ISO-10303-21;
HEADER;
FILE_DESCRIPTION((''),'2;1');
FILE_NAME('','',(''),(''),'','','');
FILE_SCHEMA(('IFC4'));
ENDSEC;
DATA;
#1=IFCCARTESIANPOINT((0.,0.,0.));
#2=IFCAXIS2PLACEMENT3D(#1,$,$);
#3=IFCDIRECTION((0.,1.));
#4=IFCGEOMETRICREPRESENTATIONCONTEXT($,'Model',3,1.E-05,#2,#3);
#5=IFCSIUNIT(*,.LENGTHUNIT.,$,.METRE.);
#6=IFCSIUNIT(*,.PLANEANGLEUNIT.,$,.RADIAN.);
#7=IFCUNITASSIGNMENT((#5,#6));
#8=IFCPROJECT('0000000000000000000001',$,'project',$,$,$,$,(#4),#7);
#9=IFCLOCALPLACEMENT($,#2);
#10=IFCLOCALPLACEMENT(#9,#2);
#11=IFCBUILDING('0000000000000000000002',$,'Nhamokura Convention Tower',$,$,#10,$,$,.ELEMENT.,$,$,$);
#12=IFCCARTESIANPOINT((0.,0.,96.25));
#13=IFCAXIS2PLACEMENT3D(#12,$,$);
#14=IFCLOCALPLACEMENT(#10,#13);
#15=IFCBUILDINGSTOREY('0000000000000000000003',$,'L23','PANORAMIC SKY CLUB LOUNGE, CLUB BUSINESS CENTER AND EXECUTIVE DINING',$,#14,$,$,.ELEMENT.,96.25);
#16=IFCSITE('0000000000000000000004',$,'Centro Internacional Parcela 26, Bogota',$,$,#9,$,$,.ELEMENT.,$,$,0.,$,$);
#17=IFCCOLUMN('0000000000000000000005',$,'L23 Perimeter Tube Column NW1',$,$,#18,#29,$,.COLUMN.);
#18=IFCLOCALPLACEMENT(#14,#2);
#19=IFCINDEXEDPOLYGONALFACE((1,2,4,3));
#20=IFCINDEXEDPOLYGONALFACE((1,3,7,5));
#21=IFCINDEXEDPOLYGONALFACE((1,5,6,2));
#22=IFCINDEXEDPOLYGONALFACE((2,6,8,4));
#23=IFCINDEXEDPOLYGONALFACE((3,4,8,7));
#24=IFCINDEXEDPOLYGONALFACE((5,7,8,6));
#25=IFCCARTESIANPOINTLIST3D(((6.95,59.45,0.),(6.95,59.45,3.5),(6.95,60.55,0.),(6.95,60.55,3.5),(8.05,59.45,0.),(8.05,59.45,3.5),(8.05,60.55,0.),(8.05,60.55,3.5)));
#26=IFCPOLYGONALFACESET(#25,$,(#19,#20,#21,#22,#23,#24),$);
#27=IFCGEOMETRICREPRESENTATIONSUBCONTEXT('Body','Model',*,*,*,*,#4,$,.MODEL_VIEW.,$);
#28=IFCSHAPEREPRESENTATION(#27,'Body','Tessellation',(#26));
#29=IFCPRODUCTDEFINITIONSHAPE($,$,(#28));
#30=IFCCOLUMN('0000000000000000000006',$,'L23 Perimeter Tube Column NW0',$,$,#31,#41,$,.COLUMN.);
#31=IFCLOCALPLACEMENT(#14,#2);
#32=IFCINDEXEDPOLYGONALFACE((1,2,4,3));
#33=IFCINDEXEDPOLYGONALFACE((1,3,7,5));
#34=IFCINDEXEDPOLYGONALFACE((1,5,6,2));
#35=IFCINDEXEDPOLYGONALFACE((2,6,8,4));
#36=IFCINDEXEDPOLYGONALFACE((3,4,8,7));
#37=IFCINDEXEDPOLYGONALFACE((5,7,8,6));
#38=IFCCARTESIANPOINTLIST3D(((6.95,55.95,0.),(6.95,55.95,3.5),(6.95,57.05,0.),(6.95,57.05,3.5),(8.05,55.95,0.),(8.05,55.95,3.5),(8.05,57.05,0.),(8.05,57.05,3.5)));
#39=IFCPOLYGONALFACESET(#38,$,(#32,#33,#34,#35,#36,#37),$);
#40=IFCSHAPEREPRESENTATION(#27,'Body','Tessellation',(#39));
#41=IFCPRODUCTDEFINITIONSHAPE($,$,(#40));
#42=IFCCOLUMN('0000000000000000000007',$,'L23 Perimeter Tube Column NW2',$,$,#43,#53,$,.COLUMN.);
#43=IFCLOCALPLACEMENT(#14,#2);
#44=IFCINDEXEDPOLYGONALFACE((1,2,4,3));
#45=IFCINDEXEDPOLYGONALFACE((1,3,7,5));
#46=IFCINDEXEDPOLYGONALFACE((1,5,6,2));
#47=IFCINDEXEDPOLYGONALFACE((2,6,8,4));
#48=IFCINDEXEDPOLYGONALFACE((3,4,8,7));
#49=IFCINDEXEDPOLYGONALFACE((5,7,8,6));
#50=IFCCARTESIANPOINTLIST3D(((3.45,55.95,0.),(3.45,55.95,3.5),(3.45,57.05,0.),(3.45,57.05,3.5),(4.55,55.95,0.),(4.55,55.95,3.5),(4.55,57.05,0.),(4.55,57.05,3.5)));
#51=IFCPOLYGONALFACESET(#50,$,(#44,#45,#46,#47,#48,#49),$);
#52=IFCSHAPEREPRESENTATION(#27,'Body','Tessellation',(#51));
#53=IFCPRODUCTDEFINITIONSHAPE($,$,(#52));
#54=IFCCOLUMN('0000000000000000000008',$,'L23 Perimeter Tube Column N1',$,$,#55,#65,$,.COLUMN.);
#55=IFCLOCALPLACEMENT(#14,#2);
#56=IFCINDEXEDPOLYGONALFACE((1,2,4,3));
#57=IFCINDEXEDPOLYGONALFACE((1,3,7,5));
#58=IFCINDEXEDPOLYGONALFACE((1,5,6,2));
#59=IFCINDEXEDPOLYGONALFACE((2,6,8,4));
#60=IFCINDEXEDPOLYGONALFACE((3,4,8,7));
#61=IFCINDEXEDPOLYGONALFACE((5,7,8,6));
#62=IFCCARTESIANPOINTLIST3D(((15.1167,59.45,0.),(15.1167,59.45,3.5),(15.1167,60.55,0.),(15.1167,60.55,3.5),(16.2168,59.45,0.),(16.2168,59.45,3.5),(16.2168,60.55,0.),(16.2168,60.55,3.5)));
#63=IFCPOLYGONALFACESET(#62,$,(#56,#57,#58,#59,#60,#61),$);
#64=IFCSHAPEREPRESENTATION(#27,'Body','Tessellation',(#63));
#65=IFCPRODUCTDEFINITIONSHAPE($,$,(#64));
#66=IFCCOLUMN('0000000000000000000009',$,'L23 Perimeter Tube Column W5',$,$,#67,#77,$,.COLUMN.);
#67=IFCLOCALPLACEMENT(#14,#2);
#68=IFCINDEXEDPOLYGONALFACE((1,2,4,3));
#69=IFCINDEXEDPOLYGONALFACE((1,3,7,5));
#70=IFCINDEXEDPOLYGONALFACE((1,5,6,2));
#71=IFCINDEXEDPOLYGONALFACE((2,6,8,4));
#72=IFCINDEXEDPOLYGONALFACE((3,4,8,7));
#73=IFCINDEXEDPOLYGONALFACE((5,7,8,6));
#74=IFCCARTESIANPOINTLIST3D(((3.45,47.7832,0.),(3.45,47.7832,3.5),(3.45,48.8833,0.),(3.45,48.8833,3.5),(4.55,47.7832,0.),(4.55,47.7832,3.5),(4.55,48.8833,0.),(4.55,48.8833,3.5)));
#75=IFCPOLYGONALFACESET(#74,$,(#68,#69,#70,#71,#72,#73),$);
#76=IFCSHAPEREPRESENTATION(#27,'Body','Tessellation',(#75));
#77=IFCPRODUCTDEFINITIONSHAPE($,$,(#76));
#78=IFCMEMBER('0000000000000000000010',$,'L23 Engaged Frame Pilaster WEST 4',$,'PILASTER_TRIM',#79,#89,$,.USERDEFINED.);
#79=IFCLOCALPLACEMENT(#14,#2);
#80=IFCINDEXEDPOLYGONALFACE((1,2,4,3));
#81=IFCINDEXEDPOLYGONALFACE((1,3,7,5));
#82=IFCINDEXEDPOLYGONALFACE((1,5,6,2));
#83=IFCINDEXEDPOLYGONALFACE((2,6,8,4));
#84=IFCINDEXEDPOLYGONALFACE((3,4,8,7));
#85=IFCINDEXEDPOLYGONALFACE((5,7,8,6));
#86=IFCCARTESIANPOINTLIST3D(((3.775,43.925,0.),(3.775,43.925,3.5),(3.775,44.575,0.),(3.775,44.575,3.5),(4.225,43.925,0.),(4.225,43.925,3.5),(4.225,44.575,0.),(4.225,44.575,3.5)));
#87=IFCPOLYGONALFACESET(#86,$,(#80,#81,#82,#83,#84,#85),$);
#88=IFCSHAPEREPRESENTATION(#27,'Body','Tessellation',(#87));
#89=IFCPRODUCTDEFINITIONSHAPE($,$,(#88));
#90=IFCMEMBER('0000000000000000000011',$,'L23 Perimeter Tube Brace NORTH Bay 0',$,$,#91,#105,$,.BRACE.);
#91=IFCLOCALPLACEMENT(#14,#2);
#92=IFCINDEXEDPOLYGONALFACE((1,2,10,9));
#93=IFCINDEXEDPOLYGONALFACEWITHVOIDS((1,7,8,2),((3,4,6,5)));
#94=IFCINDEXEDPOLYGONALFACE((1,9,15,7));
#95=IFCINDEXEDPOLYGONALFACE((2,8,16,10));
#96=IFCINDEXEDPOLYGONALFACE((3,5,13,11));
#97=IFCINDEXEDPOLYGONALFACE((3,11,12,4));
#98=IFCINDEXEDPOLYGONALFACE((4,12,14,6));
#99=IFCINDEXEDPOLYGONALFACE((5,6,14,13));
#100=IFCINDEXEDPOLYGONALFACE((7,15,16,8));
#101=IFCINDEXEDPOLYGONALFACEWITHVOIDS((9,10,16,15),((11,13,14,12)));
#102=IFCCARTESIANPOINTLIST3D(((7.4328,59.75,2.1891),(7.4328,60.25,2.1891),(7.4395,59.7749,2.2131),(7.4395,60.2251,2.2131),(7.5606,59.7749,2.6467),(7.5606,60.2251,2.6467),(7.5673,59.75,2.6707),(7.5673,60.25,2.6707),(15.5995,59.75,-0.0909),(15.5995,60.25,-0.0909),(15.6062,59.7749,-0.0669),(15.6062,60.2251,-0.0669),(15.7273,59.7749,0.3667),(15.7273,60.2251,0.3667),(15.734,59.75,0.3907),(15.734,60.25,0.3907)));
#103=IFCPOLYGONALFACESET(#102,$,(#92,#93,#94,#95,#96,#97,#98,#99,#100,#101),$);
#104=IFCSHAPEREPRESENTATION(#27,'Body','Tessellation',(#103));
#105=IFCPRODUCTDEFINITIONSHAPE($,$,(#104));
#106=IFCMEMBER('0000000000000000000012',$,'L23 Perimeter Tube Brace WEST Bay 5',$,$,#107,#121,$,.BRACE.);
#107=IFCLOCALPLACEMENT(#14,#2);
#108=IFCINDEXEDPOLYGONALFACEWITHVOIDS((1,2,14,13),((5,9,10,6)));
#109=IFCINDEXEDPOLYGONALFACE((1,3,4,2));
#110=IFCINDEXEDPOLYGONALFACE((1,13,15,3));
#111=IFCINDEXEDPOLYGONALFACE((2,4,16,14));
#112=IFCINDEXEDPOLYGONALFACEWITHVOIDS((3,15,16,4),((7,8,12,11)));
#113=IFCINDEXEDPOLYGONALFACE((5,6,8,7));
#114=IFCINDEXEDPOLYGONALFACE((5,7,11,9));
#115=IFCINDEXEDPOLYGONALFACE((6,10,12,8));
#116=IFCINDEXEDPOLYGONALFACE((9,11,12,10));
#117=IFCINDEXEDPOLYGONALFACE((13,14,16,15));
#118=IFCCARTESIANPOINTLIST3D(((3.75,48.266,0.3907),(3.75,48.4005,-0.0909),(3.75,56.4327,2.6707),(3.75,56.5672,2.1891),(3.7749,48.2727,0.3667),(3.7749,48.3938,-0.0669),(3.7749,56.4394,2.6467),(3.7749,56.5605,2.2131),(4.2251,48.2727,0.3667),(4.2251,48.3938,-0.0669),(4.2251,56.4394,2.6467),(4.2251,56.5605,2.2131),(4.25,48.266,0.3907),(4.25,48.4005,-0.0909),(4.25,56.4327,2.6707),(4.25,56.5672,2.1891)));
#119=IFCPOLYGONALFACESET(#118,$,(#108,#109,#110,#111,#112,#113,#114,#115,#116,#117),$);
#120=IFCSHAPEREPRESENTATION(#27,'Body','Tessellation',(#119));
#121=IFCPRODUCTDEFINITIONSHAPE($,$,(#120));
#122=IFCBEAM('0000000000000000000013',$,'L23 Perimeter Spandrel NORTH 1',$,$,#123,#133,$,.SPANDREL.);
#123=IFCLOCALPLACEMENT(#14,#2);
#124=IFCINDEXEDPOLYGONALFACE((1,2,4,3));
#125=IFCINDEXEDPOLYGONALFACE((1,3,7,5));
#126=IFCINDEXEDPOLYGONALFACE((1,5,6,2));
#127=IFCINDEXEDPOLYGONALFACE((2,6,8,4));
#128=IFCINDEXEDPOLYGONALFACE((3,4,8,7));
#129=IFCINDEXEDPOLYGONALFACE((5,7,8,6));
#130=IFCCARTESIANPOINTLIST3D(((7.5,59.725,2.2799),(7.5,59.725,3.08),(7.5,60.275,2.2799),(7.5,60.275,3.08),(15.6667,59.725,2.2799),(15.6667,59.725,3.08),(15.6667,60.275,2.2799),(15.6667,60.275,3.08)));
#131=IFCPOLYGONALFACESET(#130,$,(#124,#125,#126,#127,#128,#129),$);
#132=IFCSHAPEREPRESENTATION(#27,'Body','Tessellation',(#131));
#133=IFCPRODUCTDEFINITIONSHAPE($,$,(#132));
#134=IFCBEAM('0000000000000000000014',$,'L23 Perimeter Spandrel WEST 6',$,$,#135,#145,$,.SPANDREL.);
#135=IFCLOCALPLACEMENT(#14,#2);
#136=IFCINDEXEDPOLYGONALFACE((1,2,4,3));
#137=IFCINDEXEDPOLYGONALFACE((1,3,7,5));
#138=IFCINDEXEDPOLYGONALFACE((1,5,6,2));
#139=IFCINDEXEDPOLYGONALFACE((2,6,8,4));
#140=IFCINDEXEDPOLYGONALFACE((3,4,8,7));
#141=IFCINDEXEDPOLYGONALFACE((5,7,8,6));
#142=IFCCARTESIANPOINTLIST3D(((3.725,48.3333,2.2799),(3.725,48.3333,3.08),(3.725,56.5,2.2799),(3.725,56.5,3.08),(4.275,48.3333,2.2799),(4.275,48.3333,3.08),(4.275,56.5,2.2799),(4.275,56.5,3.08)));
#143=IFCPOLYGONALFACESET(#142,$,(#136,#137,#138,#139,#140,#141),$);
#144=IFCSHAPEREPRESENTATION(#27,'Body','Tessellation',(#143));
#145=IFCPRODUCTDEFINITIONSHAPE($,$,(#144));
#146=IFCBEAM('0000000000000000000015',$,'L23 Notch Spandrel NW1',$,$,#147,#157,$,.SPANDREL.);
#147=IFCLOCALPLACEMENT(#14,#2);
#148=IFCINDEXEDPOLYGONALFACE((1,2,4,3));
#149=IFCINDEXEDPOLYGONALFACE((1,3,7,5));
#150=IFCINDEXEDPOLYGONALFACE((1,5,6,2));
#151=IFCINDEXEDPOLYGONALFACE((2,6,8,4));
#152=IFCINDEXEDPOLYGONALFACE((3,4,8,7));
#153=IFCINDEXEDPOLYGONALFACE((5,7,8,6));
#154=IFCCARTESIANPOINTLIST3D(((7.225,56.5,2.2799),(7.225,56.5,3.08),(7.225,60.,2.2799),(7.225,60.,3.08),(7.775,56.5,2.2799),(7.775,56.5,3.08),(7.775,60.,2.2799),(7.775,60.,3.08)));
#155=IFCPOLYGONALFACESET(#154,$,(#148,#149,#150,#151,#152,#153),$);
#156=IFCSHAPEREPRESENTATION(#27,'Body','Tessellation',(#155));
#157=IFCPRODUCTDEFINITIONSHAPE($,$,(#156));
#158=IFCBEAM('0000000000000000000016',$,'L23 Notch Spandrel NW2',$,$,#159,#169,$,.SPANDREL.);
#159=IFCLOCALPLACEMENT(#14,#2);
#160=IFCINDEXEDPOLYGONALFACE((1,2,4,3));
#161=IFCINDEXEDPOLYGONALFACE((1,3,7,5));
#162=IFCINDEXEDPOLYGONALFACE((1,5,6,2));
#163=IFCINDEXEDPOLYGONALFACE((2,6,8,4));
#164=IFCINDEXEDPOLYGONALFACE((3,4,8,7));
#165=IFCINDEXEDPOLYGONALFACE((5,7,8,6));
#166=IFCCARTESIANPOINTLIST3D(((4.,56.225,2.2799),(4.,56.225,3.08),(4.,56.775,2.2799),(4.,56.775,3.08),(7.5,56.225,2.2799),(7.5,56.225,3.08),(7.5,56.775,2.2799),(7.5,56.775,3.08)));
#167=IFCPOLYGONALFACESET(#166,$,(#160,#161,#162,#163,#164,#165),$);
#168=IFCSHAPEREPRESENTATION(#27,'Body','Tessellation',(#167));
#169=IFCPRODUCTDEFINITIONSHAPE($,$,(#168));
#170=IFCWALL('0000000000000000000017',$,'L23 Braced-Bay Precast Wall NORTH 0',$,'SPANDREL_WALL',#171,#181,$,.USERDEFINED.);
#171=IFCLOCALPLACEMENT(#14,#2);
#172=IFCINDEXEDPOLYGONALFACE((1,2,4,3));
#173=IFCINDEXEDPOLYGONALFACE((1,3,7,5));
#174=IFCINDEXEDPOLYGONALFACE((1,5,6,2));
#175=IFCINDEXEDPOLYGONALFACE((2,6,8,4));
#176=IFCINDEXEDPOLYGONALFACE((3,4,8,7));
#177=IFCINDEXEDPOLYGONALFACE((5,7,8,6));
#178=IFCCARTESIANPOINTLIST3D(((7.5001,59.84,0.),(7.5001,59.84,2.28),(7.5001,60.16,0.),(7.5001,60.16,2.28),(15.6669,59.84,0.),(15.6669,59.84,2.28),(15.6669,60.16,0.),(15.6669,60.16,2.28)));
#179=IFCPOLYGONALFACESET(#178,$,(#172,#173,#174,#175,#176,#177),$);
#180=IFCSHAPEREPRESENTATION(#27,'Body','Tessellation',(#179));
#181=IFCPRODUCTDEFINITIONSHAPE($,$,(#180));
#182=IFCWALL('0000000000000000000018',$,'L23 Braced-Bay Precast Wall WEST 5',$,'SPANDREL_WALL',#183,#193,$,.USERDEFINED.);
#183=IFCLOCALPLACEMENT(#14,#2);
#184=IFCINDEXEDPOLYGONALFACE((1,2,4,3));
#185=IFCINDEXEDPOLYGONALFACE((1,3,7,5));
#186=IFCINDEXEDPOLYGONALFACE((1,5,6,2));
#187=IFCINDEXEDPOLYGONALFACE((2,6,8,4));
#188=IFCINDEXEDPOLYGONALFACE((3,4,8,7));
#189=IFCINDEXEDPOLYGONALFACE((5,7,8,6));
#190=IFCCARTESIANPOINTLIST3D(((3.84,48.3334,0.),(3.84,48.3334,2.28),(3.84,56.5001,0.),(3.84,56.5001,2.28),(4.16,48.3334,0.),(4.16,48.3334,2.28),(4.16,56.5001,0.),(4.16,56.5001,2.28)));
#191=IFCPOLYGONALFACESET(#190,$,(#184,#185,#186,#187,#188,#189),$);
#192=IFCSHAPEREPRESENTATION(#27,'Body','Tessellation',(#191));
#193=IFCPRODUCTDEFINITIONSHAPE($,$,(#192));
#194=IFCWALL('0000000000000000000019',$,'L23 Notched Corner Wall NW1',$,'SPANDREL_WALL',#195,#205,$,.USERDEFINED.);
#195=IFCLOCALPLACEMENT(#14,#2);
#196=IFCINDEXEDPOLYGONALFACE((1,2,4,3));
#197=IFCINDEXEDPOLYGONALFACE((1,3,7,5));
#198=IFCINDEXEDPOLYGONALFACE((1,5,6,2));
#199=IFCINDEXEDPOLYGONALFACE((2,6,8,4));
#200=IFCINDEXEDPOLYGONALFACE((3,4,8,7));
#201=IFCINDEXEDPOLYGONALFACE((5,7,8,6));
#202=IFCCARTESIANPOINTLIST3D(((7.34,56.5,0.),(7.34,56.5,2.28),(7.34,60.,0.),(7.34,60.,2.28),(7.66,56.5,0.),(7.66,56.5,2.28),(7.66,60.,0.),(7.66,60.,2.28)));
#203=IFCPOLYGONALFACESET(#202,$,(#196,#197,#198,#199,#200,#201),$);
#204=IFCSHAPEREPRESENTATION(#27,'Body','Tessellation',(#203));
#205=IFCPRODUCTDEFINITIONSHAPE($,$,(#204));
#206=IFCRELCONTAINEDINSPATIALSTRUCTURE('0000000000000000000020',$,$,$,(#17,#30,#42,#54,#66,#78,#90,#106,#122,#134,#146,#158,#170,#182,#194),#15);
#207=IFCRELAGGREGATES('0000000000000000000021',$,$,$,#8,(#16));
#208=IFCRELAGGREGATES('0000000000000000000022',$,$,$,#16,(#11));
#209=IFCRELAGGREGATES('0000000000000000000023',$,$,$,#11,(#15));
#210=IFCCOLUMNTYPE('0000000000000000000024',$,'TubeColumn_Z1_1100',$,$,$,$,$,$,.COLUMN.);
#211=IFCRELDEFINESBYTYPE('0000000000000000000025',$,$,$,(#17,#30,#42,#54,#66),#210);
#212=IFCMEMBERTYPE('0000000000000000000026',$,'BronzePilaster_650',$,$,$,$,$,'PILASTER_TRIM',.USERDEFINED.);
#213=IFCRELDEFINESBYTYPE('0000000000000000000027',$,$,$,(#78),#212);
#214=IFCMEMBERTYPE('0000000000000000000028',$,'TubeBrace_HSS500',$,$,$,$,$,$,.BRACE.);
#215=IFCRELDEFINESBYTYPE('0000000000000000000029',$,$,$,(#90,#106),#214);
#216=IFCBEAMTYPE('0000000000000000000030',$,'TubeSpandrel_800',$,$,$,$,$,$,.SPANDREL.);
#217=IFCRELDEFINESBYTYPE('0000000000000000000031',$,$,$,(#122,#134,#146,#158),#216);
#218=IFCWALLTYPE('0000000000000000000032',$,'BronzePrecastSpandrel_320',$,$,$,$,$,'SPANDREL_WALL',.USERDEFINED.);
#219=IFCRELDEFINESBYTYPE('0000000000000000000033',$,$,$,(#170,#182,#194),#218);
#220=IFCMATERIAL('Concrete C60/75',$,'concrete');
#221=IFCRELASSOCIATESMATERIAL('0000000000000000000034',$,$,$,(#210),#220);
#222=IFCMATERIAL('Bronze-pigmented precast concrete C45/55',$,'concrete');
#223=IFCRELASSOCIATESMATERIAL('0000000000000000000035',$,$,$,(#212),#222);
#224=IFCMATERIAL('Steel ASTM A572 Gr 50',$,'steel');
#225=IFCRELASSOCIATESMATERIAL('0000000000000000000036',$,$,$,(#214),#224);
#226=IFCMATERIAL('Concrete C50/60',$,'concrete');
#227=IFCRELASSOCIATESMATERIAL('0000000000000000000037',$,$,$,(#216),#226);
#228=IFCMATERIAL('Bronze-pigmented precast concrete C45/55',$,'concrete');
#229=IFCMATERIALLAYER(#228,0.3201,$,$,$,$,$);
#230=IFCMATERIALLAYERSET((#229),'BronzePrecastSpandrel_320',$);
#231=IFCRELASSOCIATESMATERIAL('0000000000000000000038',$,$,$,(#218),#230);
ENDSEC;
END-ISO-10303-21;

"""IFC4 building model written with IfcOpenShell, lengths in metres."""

from ifc_helpers import new_model, si_unit, direction, frame, frame_2d, origin, origin_2d, place, context, subcontext, project, spatial, rectangle, hollow_rectangle, extrude, material, layer, layer_set, material_profile, profile_set, type_object, element, save


model = new_model("IFC4")

# Units and contexts
model_context = context("Model", 3, precision=1e-05, world=origin(), true_north=direction((0.0, 1.0)))
body_context = subcontext(model_context, "Body", "Model", "MODEL_VIEW")
ifc_project = project(units=[si_unit("LENGTHUNIT", "METRE"), si_unit("PLANEANGLEUNIT", "RADIAN")], contexts=[model_context])

# Site, building, storey
site_placement = place(None, origin())
site = spatial("IfcSite", under=ifc_project, at=site_placement, Name="Centro Internacional Parcela 26, Bogota", CompositionType="ELEMENT", RefElevation=0.0)
building_placement = place(site_placement, origin())
building = spatial("IfcBuilding", under=site, at=building_placement, Name="Nhamokura Convention Tower", CompositionType="ELEMENT")
storey_placement = place(building_placement, frame((0.0, 0.0, 96.25)))
storey = spatial("IfcBuildingStorey", under=building, at=storey_placement, Name="L23", Description="PANORAMIC SKY CLUB LOUNGE, CLUB BUSINESS CENTER AND EXECUTIVE DINING", CompositionType="ELEMENT", Elevation=96.25)

# Columns
ifc_material_1 = material(Name="Concrete C60/75", Category="concrete")
ifc_material_profile_1 = material_profile(ifc_material_1, rectangle(XDim=1.1001, YDim=1.1001, at=origin_2d()))
ifc_profile_set_1 = profile_set([ifc_material_profile_1], Name="Concrete C60/75")
column_type = type_object("IfcColumnType", Name="TubeColumn_Z1_1100", PredefinedType="COLUMN", material=ifc_profile_set_1)
for number, where, z_axis, x_axis, name in (
    (1, (7.5, 60.0, 0.0), (0.0, 0.0, 1.0), (1.0, 0.0, 0.0), "L23 Perimeter Tube Column NW1"),
    (2, (7.5, 56.5, 0.0), (0.0, 0.0, 1.0), (1.0, 0.0, 0.0), "L23 Perimeter Tube Column NW0"),
    (3, (4.0, 56.5, 0.0), (0.0, 0.0, 1.0), (1.0, 0.0, 0.0), "L23 Perimeter Tube Column NW2"),
    (4, (15.6667, 60.0, 0.0), (0.0, 0.0, 1.0), (1.0, 0.0, 0.0), "L23 Perimeter Tube Column N1"),
    (5, (4.0, 48.3333, 0.0), (0.0, 0.0, 1.0), (1.0, 0.0, 0.0), "L23 Perimeter Tube Column W5"),
):
    element("IfcColumn", number, at=place(storey_placement, frame(where, z_axis=z_axis, x_axis=x_axis)), inside=storey, type_object=column_type, Name=name, PredefinedType="COLUMN", context=body_context, shape_type="SweptSolid", body=[
        extrude(rectangle(XDim=1.1001, YDim=1.1001, at=origin_2d()), origin(), (0.0, 0.0, 1.0), 3.5),
    ])

# Members
ifc_material_2 = material(Name="Bronze-pigmented precast concrete C45/55", Category="concrete")
ifc_material_profile_2 = material_profile(ifc_material_2, rectangle(XDim=0.45, YDim=0.6499, at=origin_2d()))
ifc_profile_set_2 = profile_set([ifc_material_profile_2], Name="Bronze-pigmented precast concrete C45/55")
member_type_1 = type_object("IfcMemberType", Name="BronzePilaster_650", ElementType="PILASTER_TRIM", PredefinedType="USERDEFINED", material=ifc_profile_set_2)
member_placement = place(storey_placement, frame((4.0, 44.25, 0.0), z_axis=(0.0, 0.0, 1.0), x_axis=(1.0, 0.0, 0.0)))
element("IfcMember", 6, at=member_placement, inside=storey, type_object=member_type_1, Name="L23 Engaged Frame Pilaster WEST 4", ObjectType="PILASTER_TRIM", PredefinedType="USERDEFINED", context=body_context, shape_type="SweptSolid", body=[
    extrude(rectangle(XDim=0.45, YDim=0.6499, at=origin_2d()), origin(), (0.0, 0.0, 1.0), 3.5),
])
ifc_material_3 = material(Name="Steel ASTM A572 Gr 50", Category="steel")
ifc_material_profile_3 = material_profile(ifc_material_3, hollow_rectangle(XDim=0.5, YDim=0.5, WallThickness=0.0249, at=origin_2d()))
ifc_profile_set_3 = profile_set([ifc_material_profile_3], Name="Steel ASTM A572 Gr 50")
member_type_2 = type_object("IfcMemberType", Name="TubeBrace_HSS500", PredefinedType="BRACE", material=ifc_profile_set_3)
for number, where, z_axis, x_axis, name in (
    (7, (15.6667, 60.0, 0.1499), (-0.963168, 0.0, 0.268901), (0.0, -1.0, 0.0), "L23 Perimeter Tube Brace NORTH Bay 0"),
    (8, (4.0, 48.3333, 0.1499), (0.0, 0.963168, 0.268901), (-1.0, 0.0, 0.0), "L23 Perimeter Tube Brace WEST Bay 5"),
):
    element("IfcMember", number, at=place(storey_placement, frame(where, z_axis=z_axis, x_axis=x_axis)), inside=storey, type_object=member_type_2, Name=name, PredefinedType="BRACE", context=body_context, shape_type="SweptSolid", body=[
        extrude(hollow_rectangle(XDim=0.5, YDim=0.5, WallThickness=0.0249, at=origin_2d()), origin(), (0.0, 0.0, 1.0), 8.479),
    ])

# Beams
ifc_material_4 = material(Name="Concrete C50/60", Category="concrete")
ifc_material_profile_4 = material_profile(ifc_material_4, rectangle(XDim=0.55, YDim=0.8, at=origin_2d()))
ifc_profile_set_4 = profile_set([ifc_material_profile_4], Name="Concrete C50/60")
beam_type = type_object("IfcBeamType", Name="TubeSpandrel_800", PredefinedType="SPANDREL", material=ifc_profile_set_4)
for number, where, z_axis, x_axis, name in (
    (9, (7.5, 60.0, 2.6799), (1.0, 0.0, 0.0), (0.0, 1.0, 0.0), "L23 Perimeter Spandrel NORTH 1"),
    (10, (4.0, 48.3333, 2.6799), (0.0, 1.0, 0.0), (-1.0, 0.0, 0.0), "L23 Perimeter Spandrel WEST 6"),
):
    element("IfcBeam", number, at=place(storey_placement, frame(where, z_axis=z_axis, x_axis=x_axis)), inside=storey, type_object=beam_type, Name=name, PredefinedType="SPANDREL", context=body_context, shape_type="SweptSolid", body=[
        extrude(rectangle(XDim=0.55, YDim=0.8, at=origin_2d()), origin(), (0.0, 0.0, 1.0), 8.1667),
    ])
for number, where, z_axis, x_axis, name in (
    (11, (7.5, 60.0, 2.6799), (0.0, -1.0, 0.0), (1.0, 0.0, 0.0), "L23 Notch Spandrel NW1"),
    (12, (7.5, 56.5, 2.6799), (-1.0, 0.0, 0.0), (0.0, -1.0, 0.0), "L23 Notch Spandrel NW2"),
):
    element("IfcBeam", number, at=place(storey_placement, frame(where, z_axis=z_axis, x_axis=x_axis)), inside=storey, type_object=beam_type, Name=name, PredefinedType="SPANDREL", context=body_context, shape_type="SweptSolid", body=[
        extrude(rectangle(XDim=0.55, YDim=0.8, at=origin_2d()), origin(), (0.0, 0.0, 1.0), 3.5),
    ])

# Walls
ifc_material_5 = material(Name="Bronze-pigmented precast concrete C45/55", Category="concrete")
ifc_layer_1 = layer(ifc_material_5, 0.3201)
ifc_layer_set_1 = layer_set([ifc_layer_1], Name="BronzePrecastSpandrel_320")
wall_type_1 = type_object("IfcWallType", Name="BronzePrecastSpandrel_320", ElementType="SPANDREL_WALL", PredefinedType="USERDEFINED", material=ifc_layer_set_1)
for number, where, z_axis, x_axis, name in (
    (13, (7.5, 60.0, 0.0), (0.0, 0.0, 1.0), (1.0, 0.0, 0.0), "L23 Braced-Bay Precast Wall NORTH 0"),
    (14, (4.0, 48.3333, 0.0), (0.0, 0.0, 1.0), (0.0, 1.0, 0.0), "L23 Braced-Bay Precast Wall WEST 5"),
):
    element("IfcWall", number, at=place(storey_placement, frame(where, z_axis=z_axis, x_axis=x_axis)), inside=storey, type_object=wall_type_1, Name=name, ObjectType="SPANDREL_WALL", PredefinedType="USERDEFINED", context=body_context, shape_type="SweptSolid", body=[
        extrude(rectangle(XDim=8.1667, YDim=0.3201, at=frame_2d((4.0835, 0.0))), origin(), (0.0, 0.0, 1.0), 2.28),
    ])
for number, where, z_axis, x_axis, name in (
    (15, (7.5, 56.5, 0.0), (0.0, 0.0, 1.0), (0.0, 1.0, 0.0), "L23 Notched Corner Wall NW1"),
):
    element("IfcWall", number, at=place(storey_placement, frame(where, z_axis=z_axis, x_axis=x_axis)), inside=storey, type_object=wall_type_1, Name=name, ObjectType="SPANDREL_WALL", PredefinedType="USERDEFINED", context=body_context, shape_type="SweptSolid", body=[
        extrude(rectangle(XDim=3.5, YDim=0.3201, at=frame_2d((1.75, 0.0))), origin(), (0.0, 0.0, 1.0), 2.28),
    ])

save(model, "model.ifc")
